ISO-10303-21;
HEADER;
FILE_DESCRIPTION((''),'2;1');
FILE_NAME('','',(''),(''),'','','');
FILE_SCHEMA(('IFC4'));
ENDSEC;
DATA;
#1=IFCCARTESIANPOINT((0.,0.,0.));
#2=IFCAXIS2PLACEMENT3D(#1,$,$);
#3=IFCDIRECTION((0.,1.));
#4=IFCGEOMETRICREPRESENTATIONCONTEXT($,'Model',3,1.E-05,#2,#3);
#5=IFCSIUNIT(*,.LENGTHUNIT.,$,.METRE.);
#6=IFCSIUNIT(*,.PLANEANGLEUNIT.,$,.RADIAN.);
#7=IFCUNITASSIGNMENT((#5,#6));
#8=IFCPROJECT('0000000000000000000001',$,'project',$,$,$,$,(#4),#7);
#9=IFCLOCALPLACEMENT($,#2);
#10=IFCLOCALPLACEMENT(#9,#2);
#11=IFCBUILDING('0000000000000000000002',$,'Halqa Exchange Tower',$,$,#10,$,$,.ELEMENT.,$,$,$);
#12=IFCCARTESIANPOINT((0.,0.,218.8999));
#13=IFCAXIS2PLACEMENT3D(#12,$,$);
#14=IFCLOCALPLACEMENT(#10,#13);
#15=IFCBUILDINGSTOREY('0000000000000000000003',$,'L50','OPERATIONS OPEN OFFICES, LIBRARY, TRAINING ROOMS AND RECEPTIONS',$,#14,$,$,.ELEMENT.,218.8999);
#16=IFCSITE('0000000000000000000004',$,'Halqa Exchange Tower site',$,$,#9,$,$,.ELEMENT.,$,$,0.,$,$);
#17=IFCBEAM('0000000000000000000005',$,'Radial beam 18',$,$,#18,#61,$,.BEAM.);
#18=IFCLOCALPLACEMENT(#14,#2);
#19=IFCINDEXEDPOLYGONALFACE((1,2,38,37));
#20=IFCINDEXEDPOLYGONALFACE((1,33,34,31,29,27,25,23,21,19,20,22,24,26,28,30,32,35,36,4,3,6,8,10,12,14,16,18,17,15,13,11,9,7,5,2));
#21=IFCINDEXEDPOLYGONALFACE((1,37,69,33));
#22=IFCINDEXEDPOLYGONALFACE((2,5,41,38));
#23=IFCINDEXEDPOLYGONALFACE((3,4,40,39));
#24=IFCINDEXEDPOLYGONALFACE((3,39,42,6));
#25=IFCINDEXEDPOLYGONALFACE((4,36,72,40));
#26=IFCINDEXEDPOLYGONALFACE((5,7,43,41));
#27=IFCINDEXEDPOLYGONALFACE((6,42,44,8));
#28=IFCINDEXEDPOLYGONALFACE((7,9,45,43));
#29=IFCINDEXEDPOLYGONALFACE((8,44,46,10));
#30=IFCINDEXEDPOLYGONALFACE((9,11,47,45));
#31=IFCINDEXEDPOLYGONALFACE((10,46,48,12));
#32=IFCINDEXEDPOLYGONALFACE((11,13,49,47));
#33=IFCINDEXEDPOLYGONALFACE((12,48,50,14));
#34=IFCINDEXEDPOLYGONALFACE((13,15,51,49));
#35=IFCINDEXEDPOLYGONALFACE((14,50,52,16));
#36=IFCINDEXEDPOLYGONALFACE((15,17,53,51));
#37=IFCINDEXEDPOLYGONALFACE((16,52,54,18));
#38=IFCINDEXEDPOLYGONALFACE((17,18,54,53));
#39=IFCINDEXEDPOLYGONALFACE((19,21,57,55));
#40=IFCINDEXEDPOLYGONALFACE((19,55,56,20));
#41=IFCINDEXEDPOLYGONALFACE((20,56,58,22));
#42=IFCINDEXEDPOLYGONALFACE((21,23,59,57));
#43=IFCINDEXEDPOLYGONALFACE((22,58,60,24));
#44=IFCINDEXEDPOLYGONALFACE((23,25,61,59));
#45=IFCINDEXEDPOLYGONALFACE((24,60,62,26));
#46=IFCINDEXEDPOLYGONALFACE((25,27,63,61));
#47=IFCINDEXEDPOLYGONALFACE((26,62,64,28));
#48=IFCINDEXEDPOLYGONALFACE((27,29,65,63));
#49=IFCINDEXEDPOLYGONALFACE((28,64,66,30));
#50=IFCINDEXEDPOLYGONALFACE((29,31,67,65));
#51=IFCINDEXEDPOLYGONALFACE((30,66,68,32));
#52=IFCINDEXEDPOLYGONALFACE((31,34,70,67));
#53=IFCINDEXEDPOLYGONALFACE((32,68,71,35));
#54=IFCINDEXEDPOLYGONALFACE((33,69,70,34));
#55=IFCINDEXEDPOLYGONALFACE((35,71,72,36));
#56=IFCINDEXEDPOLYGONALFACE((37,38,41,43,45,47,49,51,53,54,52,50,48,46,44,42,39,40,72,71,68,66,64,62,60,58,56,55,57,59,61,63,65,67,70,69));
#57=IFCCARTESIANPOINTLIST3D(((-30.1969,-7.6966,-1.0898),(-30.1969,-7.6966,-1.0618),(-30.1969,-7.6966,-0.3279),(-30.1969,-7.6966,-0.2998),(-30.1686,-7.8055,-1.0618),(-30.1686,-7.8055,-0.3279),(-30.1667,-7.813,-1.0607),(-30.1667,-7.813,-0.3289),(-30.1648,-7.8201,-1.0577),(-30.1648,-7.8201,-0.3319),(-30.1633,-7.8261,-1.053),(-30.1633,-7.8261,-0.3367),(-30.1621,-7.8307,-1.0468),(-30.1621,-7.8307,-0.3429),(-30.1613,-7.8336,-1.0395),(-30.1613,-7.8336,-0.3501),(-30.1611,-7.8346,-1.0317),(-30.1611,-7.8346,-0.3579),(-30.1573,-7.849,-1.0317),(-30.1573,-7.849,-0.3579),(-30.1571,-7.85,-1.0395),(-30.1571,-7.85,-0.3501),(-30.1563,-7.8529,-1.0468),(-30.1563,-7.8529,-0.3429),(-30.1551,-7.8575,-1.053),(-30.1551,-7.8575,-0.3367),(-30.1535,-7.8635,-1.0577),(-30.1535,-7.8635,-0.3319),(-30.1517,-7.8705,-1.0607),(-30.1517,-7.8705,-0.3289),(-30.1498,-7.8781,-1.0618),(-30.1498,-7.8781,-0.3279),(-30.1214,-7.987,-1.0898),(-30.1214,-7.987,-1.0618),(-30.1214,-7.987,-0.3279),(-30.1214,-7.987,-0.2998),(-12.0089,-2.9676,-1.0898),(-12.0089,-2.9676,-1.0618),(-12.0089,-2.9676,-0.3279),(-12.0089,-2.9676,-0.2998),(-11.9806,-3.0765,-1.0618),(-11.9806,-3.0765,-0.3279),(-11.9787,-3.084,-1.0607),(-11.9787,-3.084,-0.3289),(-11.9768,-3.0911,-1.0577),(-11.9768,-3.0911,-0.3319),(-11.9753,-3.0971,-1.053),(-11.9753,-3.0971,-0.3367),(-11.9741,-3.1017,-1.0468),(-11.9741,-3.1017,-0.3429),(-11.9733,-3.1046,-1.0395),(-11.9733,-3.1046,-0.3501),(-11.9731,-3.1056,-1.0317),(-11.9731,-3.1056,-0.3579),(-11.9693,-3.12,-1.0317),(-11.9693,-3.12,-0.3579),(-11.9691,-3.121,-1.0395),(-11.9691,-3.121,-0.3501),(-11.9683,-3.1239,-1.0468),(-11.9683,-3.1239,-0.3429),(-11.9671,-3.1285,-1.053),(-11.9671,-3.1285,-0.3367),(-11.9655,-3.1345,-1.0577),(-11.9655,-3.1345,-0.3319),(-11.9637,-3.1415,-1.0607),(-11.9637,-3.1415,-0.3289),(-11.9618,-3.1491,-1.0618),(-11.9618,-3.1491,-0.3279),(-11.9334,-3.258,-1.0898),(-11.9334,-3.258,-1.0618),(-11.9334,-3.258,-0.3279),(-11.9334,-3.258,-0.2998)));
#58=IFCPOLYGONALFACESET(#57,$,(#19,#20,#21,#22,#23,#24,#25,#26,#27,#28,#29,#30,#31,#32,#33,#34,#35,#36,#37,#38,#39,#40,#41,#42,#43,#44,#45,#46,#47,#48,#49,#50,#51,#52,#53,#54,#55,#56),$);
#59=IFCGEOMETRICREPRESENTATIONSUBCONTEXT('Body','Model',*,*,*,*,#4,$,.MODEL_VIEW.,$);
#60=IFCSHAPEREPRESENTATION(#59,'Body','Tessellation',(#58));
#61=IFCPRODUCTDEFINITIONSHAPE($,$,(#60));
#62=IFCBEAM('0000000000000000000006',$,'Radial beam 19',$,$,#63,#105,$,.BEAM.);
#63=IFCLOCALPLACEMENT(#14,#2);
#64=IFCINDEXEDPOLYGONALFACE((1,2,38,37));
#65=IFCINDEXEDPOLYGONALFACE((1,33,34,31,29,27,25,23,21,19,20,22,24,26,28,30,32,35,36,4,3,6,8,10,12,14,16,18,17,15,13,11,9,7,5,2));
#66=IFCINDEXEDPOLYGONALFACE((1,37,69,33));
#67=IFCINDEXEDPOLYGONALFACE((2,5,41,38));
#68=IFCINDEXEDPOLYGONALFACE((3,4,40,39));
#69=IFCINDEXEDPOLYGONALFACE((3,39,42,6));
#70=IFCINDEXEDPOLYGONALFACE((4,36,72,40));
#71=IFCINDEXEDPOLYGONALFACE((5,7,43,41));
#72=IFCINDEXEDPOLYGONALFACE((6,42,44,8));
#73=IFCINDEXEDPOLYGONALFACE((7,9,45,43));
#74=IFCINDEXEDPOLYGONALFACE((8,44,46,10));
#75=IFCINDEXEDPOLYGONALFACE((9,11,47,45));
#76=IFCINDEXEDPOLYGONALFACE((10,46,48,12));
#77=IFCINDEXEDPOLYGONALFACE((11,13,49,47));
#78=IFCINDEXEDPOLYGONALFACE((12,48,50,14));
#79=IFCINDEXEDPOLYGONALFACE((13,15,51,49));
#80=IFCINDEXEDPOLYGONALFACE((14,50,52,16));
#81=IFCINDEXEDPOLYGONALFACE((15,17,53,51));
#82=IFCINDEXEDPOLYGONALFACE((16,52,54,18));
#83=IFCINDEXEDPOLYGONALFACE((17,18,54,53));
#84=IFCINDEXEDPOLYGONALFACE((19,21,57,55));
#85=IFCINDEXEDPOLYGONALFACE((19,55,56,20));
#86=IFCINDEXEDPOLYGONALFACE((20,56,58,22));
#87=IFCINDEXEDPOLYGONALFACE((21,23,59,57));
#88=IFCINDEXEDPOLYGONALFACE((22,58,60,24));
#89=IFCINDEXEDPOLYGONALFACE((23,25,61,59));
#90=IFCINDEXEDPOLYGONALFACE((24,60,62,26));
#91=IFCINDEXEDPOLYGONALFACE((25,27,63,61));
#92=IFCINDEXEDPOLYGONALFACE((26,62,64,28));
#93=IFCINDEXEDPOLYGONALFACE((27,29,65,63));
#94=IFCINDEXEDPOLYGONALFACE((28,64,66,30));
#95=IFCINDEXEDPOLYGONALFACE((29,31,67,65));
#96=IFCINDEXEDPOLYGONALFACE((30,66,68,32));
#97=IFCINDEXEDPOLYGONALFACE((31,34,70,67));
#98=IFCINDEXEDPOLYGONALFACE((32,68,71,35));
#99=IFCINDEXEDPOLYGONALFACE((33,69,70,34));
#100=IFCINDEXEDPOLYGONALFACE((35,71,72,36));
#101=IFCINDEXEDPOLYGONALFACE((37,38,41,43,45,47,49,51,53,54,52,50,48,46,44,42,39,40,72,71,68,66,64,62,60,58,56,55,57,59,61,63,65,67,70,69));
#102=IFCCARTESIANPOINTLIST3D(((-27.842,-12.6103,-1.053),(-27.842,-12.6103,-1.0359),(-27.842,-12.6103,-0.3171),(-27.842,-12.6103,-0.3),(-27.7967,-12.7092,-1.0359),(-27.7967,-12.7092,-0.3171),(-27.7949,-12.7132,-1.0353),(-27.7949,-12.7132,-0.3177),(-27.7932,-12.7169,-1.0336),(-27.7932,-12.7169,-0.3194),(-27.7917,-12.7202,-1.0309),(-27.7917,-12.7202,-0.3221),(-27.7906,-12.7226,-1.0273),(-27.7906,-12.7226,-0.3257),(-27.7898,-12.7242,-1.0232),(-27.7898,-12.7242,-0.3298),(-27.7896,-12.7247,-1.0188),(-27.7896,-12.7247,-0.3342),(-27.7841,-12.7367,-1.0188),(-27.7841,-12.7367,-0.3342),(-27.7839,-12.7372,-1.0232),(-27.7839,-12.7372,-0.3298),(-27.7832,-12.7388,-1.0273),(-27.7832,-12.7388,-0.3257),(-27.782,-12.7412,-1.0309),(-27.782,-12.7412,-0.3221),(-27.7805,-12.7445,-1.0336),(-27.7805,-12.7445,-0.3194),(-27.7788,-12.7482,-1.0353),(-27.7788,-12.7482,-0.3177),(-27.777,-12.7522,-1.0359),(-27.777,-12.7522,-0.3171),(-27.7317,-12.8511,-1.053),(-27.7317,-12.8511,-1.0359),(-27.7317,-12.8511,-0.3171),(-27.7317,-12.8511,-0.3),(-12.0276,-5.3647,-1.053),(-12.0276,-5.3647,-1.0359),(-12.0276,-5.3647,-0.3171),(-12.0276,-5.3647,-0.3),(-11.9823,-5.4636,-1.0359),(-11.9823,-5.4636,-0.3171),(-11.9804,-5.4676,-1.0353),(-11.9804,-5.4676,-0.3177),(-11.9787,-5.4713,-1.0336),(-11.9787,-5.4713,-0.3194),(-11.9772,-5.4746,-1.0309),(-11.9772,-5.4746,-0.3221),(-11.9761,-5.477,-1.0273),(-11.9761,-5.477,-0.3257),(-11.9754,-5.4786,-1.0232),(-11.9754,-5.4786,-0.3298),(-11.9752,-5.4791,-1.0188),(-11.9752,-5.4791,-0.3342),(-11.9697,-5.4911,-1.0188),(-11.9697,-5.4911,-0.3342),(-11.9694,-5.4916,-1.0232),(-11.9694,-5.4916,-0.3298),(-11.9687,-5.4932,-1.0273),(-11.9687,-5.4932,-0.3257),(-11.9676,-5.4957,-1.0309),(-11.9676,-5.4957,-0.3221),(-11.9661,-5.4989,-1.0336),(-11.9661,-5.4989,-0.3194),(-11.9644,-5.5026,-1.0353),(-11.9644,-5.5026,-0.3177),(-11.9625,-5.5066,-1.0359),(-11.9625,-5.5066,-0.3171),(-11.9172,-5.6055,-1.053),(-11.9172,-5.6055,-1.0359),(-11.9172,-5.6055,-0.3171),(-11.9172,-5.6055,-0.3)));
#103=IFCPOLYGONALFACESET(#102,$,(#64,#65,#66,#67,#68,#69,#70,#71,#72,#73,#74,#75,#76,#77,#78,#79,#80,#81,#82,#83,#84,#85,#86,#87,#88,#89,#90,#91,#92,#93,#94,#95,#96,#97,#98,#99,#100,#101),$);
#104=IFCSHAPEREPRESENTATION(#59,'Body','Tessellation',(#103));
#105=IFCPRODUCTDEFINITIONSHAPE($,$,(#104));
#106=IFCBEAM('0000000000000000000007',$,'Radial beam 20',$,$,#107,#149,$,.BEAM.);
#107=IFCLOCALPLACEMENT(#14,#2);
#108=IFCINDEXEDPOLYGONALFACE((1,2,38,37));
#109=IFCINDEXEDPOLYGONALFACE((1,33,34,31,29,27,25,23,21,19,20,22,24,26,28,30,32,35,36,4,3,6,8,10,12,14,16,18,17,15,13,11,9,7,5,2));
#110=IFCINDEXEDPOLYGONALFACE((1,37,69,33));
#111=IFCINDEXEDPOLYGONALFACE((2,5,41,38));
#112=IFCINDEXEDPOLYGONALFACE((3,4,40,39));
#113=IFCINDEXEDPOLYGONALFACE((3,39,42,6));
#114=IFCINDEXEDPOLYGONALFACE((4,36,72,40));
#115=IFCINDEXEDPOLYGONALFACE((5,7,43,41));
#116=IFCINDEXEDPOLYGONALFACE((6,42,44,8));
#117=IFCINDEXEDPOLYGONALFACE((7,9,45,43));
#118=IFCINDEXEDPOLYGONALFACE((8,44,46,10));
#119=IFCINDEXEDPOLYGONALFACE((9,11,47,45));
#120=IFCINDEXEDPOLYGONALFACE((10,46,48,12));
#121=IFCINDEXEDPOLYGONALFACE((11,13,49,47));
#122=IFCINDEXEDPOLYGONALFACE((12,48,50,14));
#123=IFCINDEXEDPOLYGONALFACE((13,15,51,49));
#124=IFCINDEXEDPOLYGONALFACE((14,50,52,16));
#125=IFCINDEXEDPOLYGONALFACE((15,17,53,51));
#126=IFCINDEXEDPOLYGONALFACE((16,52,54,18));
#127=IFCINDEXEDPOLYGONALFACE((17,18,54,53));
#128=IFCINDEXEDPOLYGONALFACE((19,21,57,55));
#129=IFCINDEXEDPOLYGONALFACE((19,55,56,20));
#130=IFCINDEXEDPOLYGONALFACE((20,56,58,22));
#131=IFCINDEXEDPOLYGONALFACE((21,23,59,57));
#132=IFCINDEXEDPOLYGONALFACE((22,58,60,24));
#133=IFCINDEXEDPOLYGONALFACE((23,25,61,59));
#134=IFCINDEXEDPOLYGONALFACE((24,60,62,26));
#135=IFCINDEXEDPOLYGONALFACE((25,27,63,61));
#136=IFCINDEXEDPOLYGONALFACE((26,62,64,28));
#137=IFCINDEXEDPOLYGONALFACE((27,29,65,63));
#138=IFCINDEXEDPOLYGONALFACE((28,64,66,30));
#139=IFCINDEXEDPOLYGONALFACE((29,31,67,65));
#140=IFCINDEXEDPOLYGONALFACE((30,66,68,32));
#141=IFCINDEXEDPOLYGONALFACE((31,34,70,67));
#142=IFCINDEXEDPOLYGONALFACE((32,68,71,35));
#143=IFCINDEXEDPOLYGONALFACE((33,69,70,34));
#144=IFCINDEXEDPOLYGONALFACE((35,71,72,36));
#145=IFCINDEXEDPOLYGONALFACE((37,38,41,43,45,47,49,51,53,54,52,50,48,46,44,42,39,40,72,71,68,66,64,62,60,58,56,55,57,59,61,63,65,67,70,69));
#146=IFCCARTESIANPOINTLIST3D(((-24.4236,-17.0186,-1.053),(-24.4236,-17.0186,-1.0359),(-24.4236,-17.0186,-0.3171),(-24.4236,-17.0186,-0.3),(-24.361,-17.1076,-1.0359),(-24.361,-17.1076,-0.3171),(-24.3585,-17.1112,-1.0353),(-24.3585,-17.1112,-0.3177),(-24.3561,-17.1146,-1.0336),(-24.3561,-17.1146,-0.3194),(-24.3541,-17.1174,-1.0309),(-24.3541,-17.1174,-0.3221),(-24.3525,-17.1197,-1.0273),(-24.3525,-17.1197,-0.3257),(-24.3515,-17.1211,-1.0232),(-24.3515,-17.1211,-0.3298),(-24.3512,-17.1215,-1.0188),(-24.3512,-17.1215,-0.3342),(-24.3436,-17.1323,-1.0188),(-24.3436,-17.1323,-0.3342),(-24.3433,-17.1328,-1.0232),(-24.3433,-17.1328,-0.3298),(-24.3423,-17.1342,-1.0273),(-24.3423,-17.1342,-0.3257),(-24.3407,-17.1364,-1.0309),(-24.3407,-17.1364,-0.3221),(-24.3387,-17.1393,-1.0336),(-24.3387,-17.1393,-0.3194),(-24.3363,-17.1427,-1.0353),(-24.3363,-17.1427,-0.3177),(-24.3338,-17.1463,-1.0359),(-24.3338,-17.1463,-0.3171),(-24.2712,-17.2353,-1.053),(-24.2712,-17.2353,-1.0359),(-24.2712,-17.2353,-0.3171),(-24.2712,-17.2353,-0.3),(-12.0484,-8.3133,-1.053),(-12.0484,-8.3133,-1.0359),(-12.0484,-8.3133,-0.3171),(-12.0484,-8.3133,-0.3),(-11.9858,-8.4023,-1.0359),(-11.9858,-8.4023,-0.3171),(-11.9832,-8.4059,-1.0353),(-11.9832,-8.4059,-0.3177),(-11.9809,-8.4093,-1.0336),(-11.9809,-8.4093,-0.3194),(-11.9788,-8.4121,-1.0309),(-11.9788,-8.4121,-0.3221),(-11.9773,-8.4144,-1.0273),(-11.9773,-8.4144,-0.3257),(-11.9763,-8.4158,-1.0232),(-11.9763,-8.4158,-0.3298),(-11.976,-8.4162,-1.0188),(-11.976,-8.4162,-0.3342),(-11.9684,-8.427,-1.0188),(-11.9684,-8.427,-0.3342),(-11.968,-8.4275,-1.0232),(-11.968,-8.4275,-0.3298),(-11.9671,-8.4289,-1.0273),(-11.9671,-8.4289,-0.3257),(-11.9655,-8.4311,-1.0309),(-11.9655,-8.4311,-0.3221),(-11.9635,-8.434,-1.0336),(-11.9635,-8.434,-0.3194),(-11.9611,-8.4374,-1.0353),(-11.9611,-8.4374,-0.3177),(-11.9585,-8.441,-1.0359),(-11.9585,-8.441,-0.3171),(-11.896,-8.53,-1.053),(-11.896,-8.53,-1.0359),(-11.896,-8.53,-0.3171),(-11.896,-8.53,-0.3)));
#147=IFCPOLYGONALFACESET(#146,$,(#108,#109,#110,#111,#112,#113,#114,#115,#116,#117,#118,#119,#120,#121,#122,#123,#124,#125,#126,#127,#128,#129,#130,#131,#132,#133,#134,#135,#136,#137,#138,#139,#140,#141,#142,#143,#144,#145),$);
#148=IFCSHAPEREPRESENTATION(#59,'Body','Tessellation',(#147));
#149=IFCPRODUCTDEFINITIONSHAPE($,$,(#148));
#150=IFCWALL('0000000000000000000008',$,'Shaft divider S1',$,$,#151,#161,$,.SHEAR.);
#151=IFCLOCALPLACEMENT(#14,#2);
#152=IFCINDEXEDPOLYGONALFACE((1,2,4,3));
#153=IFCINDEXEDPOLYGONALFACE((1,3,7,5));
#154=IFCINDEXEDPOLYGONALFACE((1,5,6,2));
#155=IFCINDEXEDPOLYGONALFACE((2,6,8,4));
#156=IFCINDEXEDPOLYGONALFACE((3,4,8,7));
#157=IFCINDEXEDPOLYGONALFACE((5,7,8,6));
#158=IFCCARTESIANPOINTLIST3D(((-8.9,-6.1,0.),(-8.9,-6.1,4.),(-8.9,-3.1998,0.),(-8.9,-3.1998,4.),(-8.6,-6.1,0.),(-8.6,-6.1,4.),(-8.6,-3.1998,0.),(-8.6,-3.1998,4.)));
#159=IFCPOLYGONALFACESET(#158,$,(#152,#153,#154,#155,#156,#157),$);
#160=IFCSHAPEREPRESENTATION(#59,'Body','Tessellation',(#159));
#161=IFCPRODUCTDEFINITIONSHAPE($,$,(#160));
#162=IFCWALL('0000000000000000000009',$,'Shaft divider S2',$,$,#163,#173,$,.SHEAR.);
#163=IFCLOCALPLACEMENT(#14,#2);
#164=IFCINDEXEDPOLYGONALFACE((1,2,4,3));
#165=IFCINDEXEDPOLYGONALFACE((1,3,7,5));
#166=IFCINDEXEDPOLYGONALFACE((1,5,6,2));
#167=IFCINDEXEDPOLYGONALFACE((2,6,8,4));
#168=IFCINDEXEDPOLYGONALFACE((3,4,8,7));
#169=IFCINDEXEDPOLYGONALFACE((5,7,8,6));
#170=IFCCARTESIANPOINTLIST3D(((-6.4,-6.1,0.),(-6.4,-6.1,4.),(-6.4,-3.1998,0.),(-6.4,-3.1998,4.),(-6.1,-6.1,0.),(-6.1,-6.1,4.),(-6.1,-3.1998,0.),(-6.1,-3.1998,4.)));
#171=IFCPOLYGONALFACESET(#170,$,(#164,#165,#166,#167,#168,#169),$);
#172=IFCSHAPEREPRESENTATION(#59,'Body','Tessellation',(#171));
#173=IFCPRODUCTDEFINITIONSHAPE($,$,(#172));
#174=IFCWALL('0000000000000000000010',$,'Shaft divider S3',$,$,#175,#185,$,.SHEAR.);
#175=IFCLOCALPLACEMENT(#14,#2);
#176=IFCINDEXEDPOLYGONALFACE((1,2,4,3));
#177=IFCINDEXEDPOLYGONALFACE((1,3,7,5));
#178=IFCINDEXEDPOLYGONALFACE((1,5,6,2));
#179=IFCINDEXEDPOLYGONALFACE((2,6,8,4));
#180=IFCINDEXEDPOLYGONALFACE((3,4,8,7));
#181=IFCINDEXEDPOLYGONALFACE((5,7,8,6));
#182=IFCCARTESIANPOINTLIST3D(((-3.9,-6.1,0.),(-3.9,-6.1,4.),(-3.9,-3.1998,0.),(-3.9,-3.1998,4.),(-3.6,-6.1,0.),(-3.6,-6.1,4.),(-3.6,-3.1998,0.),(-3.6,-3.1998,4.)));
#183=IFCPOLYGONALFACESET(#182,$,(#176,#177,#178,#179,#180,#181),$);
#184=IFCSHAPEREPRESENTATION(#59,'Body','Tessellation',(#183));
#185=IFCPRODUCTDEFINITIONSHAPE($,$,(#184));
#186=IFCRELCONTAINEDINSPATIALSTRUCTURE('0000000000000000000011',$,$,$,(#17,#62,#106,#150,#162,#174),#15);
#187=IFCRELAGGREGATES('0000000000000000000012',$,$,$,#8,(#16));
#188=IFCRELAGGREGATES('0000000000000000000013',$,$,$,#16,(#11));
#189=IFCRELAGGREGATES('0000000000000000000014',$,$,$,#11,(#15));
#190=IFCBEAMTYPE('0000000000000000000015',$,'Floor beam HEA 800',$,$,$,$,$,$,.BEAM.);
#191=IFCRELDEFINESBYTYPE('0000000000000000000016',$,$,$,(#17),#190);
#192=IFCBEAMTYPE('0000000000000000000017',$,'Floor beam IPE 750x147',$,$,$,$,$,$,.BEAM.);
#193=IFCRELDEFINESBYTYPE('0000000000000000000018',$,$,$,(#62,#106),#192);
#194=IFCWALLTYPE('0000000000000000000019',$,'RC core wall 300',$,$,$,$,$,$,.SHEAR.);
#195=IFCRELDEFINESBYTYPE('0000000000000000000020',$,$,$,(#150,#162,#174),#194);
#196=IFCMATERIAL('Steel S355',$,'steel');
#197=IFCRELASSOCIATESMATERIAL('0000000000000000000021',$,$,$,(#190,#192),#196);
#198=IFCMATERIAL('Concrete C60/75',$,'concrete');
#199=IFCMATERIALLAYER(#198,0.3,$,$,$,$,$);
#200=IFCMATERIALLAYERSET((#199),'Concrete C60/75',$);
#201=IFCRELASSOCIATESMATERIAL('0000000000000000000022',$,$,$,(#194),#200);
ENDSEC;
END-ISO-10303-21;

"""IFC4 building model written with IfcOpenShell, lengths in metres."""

from ifc_helpers import new_model, si_unit, direction, frame, frame_2d, origin, origin_2d, place, context, subcontext, project, spatial, rectangle, i_section, extrude, material, layer, layer_set, material_profile, profile_set, type_object, element, save


model = new_model("IFC4")

# Units and contexts
model_context = context("Model", 3, precision=1e-05, world=origin(), true_north=direction((0.0, 1.0)))
body_context = subcontext(model_context, "Body", "Model", "MODEL_VIEW")
ifc_project = project(units=[si_unit("LENGTHUNIT", "METRE"), si_unit("PLANEANGLEUNIT", "RADIAN")], contexts=[model_context])

# Site, building, storey
site_placement = place(None, origin())
site = spatial("IfcSite", under=ifc_project, at=site_placement, Name="Halqa Exchange Tower site", CompositionType="ELEMENT", RefElevation=0.0)
building_placement = place(site_placement, origin())
building = spatial("IfcBuilding", under=site, at=building_placement, Name="Halqa Exchange Tower", CompositionType="ELEMENT")
storey_placement = place(building_placement, frame((0.0, 0.0, 218.8999)))
storey = spatial("IfcBuildingStorey", under=building, at=storey_placement, Name="L50", Description="OPERATIONS OPEN OFFICES, LIBRARY, TRAINING ROOMS AND RECEPTIONS", CompositionType="ELEMENT", Elevation=218.8999)

# Beams
ifc_material_1 = material(Name="Steel S355", Category="steel")
ifc_material_profile_1 = material_profile(ifc_material_1, i_section(OverallWidth=0.3, OverallDepth=0.79, WebThickness=0.0149, FlangeThickness=0.0281, FilletRadius=0.03, at=origin_2d()), Name="HEA 800")
ifc_profile_set_1 = profile_set([ifc_material_profile_1], Name="Steel S355")
beam_type_1 = type_object("IfcBeamType", Name="Floor beam HEA 800", PredefinedType="BEAM", material=ifc_profile_set_1)
beam_1_placement = place(storey_placement, frame((-11.9712, -3.1128, -0.6948), z_axis=(-0.967821, -0.25164, 0.0), x_axis=(0.25164, -0.967821, 0.0)))
element("IfcBeam", 1, at=beam_1_placement, inside=storey, type_object=beam_type_1, Name="Radial beam 18", PredefinedType="BEAM", context=body_context, shape_type="SweptSolid", body=[
    extrude(i_section(OverallWidth=0.3, OverallDepth=0.79, WebThickness=0.0149, FlangeThickness=0.0281, FilletRadius=0.03, at=origin_2d()), origin(), (0.0, 0.0, 1.0), 18.7927),
])
ifc_material_profile_2 = material_profile(ifc_material_1, i_section(OverallWidth=0.2649, OverallDepth=0.7529, WebThickness=0.0132, FlangeThickness=0.0171, FilletRadius=0.0171, at=origin_2d()), Name="IPE 750x147")
ifc_profile_set_2 = profile_set([ifc_material_profile_2], Name="Steel S355")
beam_type_2 = type_object("IfcBeamType", Name="Floor beam IPE 750x147", PredefinedType="BEAM", material=ifc_profile_set_2)
beam_2_placement = place(storey_placement, frame((-11.9724, -5.4851, -0.6765), z_axis=(-0.909123, -0.416527, 0.0), x_axis=(0.416527, -0.909123, 0.0)))
element("IfcBeam", 2, at=beam_2_placement, inside=storey, type_object=beam_type_2, Name="Radial beam 19", PredefinedType="BEAM", context=body_context, shape_type="SweptSolid", body=[
    extrude(i_section(OverallWidth=0.2649, OverallDepth=0.7529, WebThickness=0.0132, FlangeThickness=0.0171, FilletRadius=0.0171, at=origin_2d()), origin(), (0.0, 0.0, 1.0), 17.3953),
])
beam_3_placement = place(storey_placement, frame((-11.9722, -8.4216, -0.6765), z_axis=(-0.817905, -0.575353, 0.0), x_axis=(0.575353, -0.817905, 0.0)))
element("IfcBeam", 3, at=beam_3_placement, inside=storey, type_object=beam_type_2, Name="Radial beam 20", PredefinedType="BEAM", context=body_context, shape_type="SweptSolid", body=[
    extrude(i_section(OverallWidth=0.2649, OverallDepth=0.7529, WebThickness=0.0132, FlangeThickness=0.0171, FilletRadius=0.0171, at=origin_2d()), origin(), (0.0, 0.0, 1.0), 15.1304),
])

# Walls
ifc_material_2 = material(Name="Concrete C60/75", Category="concrete")
ifc_layer_1 = layer(ifc_material_2, 0.3)
ifc_layer_set_1 = layer_set([ifc_layer_1], Name="Concrete C60/75")
wall_type_1 = type_object("IfcWallType", Name="RC core wall 300", PredefinedType="SHEAR", material=ifc_layer_set_1)
for number, where, z_axis, x_axis, name in (
    (4, (-8.75, -6.1001, 0.0), (0.0, 0.0, 1.0), (0.0, 1.0, 0.0), "Shaft divider S1"),
    (5, (-6.25, -6.1001, 0.0), (0.0, 0.0, 1.0), (0.0, 1.0, 0.0), "Shaft divider S2"),
    (6, (-3.75, -6.1001, 0.0), (0.0, 0.0, 1.0), (0.0, 1.0, 0.0), "Shaft divider S3"),
):
    element("IfcWall", number, at=place(storey_placement, frame(where, z_axis=z_axis, x_axis=x_axis)), inside=storey, type_object=wall_type_1, Name=name, PredefinedType="SHEAR", context=body_context, shape_type="SweptSolid", body=[
        extrude(rectangle(XDim=2.9001, YDim=0.3, at=frame_2d((1.4502, 0.0))), origin(), (0.0, 0.0, 1.0), 4.0),
    ])

save(model, "model.ifc")
